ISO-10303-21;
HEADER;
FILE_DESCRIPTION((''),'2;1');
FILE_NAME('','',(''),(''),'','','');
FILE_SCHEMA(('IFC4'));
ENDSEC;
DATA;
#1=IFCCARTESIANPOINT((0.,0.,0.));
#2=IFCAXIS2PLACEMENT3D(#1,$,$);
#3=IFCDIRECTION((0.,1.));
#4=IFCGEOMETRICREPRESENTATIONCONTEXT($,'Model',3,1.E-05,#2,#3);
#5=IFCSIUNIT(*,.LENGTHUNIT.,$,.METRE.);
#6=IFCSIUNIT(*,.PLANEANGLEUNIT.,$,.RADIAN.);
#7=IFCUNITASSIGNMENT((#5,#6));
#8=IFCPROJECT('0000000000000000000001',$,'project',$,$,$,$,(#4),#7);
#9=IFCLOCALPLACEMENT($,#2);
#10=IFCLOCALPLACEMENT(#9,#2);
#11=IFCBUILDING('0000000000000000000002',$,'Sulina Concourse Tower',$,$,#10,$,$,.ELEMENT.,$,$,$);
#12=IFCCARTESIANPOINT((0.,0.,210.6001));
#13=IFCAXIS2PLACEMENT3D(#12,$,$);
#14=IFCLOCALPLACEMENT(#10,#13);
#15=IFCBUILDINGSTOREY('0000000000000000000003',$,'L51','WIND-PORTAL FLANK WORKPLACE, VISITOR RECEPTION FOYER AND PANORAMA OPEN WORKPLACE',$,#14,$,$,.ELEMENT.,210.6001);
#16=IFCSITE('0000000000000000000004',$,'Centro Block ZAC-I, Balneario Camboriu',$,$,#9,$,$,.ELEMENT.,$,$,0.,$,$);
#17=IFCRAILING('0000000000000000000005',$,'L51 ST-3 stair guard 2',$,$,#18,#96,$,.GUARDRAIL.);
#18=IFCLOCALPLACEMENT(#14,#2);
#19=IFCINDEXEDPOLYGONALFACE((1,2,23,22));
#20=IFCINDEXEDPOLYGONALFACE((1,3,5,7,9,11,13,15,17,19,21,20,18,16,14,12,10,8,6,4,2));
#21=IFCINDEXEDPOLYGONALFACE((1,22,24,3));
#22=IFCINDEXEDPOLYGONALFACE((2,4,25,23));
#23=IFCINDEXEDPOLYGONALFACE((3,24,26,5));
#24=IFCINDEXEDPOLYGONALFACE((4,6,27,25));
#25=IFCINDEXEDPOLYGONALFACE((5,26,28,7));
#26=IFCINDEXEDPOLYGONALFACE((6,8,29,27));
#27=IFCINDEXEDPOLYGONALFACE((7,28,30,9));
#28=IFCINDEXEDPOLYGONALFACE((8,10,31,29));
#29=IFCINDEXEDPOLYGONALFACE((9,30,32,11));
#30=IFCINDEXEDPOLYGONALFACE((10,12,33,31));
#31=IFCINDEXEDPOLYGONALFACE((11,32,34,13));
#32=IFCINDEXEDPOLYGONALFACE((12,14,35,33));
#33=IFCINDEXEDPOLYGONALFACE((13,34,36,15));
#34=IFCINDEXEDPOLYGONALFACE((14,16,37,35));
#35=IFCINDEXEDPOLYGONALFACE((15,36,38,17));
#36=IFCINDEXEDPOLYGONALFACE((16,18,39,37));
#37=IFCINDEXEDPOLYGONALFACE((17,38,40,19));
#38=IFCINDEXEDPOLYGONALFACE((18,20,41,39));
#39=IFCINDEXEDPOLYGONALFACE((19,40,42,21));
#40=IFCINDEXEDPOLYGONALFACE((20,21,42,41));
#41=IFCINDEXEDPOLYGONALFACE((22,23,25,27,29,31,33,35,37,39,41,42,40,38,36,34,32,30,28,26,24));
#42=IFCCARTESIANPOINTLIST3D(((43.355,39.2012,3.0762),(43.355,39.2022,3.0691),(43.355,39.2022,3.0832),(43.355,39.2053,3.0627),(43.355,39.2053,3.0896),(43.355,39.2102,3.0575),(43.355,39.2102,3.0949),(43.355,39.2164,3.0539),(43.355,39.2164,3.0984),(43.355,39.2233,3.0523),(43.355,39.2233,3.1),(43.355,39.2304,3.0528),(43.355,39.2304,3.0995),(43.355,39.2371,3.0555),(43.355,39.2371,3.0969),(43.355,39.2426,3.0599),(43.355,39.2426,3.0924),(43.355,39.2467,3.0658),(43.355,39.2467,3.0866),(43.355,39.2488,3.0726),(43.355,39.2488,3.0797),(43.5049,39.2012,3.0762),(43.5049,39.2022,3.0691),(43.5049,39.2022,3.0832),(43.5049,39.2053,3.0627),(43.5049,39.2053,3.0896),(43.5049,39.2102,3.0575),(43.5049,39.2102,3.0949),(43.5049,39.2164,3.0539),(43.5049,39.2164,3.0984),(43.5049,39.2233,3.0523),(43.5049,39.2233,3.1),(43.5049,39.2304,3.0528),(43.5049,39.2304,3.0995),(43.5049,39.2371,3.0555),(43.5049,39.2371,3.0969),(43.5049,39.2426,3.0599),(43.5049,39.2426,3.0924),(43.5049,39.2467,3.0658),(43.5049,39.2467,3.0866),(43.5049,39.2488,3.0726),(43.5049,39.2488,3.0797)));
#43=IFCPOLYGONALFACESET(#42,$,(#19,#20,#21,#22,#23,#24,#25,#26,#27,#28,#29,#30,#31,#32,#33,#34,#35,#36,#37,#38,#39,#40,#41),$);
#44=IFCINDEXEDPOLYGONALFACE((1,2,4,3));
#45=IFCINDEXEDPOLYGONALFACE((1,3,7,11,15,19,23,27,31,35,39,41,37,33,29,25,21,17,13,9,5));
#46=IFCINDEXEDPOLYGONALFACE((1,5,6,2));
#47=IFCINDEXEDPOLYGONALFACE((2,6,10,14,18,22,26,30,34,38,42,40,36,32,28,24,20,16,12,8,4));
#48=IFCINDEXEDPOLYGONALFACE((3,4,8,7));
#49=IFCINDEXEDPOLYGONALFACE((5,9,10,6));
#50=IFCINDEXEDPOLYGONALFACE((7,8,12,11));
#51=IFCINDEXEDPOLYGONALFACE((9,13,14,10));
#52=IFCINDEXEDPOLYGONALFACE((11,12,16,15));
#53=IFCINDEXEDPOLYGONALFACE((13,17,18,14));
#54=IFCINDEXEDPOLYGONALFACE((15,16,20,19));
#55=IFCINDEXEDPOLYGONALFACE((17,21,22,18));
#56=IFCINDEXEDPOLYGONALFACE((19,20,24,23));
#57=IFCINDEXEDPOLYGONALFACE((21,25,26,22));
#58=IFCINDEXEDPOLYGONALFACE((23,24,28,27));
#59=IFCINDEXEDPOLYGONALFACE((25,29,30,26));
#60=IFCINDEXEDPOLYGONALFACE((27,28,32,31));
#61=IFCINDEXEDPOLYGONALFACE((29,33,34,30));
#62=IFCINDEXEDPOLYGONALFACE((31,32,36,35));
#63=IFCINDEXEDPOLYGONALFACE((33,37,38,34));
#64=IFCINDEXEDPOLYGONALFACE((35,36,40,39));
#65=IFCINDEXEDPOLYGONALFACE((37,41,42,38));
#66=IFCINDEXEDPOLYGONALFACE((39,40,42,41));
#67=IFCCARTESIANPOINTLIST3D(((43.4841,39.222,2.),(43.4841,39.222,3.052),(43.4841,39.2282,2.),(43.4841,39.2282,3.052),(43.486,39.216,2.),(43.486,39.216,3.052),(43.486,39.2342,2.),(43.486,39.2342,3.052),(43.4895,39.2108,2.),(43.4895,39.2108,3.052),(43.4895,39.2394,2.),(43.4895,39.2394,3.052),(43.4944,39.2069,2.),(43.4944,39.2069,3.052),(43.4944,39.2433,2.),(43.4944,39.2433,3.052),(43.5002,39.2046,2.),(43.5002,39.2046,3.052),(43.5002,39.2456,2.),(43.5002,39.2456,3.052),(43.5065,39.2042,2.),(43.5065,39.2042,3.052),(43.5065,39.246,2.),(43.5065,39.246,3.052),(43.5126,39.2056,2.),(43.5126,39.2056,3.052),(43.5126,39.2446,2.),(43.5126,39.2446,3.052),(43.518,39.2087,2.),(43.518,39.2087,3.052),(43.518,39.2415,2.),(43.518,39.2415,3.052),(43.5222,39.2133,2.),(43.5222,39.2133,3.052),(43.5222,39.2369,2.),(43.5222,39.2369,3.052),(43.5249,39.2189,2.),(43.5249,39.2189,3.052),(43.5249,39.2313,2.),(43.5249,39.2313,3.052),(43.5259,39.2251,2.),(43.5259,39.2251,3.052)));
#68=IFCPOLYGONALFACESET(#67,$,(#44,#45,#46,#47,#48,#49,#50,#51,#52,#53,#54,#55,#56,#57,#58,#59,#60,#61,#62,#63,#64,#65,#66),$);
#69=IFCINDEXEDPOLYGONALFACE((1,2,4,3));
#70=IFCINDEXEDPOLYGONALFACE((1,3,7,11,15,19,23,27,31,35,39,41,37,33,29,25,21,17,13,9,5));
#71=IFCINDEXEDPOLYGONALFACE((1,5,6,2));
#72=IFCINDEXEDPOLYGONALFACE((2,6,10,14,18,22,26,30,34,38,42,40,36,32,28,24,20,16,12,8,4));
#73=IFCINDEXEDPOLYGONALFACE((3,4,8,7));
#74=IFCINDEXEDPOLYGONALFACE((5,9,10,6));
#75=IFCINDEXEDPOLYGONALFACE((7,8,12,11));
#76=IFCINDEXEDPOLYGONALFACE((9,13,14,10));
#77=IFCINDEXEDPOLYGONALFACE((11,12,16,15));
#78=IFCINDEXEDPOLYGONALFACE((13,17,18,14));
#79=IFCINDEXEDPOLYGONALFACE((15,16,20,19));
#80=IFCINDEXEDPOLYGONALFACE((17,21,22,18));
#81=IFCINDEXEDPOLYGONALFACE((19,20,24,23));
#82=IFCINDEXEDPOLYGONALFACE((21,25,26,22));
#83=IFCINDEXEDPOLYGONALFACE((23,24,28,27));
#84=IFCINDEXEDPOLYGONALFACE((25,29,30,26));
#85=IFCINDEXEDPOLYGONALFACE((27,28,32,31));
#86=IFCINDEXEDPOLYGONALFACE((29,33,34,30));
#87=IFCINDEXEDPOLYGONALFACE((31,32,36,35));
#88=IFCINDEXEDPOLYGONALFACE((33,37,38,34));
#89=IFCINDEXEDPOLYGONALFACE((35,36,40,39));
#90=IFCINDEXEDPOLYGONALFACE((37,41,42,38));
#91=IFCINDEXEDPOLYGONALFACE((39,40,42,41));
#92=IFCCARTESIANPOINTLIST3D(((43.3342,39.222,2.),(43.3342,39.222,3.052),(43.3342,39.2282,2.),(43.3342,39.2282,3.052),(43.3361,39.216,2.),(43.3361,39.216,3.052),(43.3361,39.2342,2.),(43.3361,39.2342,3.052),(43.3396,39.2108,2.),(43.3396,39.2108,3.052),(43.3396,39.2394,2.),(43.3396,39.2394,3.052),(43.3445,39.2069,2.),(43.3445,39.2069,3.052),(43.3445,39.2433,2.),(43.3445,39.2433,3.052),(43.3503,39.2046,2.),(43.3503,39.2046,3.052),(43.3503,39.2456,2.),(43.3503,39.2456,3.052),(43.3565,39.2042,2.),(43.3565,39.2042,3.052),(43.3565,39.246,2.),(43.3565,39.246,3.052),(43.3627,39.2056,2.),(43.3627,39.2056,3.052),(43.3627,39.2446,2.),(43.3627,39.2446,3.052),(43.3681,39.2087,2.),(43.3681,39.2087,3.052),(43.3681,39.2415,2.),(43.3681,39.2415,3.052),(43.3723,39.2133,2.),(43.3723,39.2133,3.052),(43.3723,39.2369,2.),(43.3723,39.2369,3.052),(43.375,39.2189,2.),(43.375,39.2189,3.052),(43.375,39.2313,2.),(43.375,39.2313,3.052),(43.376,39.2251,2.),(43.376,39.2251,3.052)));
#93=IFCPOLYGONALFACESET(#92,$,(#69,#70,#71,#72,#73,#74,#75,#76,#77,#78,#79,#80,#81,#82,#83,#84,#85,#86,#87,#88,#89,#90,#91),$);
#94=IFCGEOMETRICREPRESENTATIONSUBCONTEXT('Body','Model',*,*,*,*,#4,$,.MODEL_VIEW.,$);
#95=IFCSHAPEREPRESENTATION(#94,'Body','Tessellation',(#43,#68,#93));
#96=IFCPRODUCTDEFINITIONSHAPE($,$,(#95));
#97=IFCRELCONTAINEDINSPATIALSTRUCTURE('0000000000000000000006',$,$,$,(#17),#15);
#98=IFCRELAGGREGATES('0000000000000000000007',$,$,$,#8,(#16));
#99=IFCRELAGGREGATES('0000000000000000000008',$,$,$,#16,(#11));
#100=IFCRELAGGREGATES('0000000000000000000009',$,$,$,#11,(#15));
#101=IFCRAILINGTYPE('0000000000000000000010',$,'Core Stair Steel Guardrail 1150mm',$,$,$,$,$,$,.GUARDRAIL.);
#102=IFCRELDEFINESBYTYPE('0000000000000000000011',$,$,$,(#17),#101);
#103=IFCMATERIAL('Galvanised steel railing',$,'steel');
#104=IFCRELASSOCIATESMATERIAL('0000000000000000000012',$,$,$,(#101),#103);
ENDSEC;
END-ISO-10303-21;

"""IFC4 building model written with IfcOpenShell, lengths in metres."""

from ifc_helpers import new_model, si_unit, direction, frame, origin, origin_2d, place, context, subcontext, project, spatial, circle, extrude, material, type_object, element, save


model = new_model("IFC4")

# Units and contexts
model_context = context("Model", 3, precision=1e-05, world=origin(), true_north=direction((0.0, 1.0)))
body_context = subcontext(model_context, "Body", "Model", "MODEL_VIEW")
ifc_project = project(units=[si_unit("LENGTHUNIT", "METRE"), si_unit("PLANEANGLEUNIT", "RADIAN")], contexts=[model_context])

# Site, building, storey
site_placement = place(None, origin())
site = spatial("IfcSite", under=ifc_project, at=site_placement, Name="Centro Block ZAC-I, Balneario Camboriu", CompositionType="ELEMENT", RefElevation=0.0)
building_placement = place(site_placement, origin())
building = spatial("IfcBuilding", under=site, at=building_placement, Name="Sulina Concourse Tower", CompositionType="ELEMENT")
storey_placement = place(building_placement, frame((0.0, 0.0, 210.6001)))
storey = spatial("IfcBuildingStorey", under=building, at=storey_placement, Name="L51", Description="WIND-PORTAL FLANK WORKPLACE, VISITOR RECEPTION FOYER AND PANORAMA OPEN WORKPLACE", CompositionType="ELEMENT", Elevation=210.6001)

# Railing
ifc_material_1 = material(Name="Galvanised steel railing", Category="steel")
railing_type_1 = type_object("IfcRailingType", Name="Core Stair Steel Guardrail 1150mm", PredefinedType="GUARDRAIL", material=ifc_material_1)
railing_1_placement = place(storey_placement, frame((43.5049, 39.2251, 2.0)))
element("IfcRailing", 1, at=railing_1_placement, inside=storey, type_object=railing_type_1, Name="L51 ST-3 stair guard 2", PredefinedType="GUARDRAIL", context=body_context, shape_type="SweptSolid", body=[
    extrude(circle(Radius=0.0239, at=origin_2d()), frame((0.0, 0.0, 1.0762), z_axis=(-1.0, 0.0, 0.0), x_axis=(0.0, -1.0, 0.0)), (0.0, 0.0, 1.0), 0.1499),
    extrude(circle(Radius=0.021, at=origin_2d()), origin(), (0.0, 0.0, 1.0), 1.052),
    extrude(circle(Radius=0.021, at=origin_2d()), frame((-0.1499, 0.0, 0.0)), (0.0, 0.0, 1.0), 1.052),
])

save(model, "model.ifc")
